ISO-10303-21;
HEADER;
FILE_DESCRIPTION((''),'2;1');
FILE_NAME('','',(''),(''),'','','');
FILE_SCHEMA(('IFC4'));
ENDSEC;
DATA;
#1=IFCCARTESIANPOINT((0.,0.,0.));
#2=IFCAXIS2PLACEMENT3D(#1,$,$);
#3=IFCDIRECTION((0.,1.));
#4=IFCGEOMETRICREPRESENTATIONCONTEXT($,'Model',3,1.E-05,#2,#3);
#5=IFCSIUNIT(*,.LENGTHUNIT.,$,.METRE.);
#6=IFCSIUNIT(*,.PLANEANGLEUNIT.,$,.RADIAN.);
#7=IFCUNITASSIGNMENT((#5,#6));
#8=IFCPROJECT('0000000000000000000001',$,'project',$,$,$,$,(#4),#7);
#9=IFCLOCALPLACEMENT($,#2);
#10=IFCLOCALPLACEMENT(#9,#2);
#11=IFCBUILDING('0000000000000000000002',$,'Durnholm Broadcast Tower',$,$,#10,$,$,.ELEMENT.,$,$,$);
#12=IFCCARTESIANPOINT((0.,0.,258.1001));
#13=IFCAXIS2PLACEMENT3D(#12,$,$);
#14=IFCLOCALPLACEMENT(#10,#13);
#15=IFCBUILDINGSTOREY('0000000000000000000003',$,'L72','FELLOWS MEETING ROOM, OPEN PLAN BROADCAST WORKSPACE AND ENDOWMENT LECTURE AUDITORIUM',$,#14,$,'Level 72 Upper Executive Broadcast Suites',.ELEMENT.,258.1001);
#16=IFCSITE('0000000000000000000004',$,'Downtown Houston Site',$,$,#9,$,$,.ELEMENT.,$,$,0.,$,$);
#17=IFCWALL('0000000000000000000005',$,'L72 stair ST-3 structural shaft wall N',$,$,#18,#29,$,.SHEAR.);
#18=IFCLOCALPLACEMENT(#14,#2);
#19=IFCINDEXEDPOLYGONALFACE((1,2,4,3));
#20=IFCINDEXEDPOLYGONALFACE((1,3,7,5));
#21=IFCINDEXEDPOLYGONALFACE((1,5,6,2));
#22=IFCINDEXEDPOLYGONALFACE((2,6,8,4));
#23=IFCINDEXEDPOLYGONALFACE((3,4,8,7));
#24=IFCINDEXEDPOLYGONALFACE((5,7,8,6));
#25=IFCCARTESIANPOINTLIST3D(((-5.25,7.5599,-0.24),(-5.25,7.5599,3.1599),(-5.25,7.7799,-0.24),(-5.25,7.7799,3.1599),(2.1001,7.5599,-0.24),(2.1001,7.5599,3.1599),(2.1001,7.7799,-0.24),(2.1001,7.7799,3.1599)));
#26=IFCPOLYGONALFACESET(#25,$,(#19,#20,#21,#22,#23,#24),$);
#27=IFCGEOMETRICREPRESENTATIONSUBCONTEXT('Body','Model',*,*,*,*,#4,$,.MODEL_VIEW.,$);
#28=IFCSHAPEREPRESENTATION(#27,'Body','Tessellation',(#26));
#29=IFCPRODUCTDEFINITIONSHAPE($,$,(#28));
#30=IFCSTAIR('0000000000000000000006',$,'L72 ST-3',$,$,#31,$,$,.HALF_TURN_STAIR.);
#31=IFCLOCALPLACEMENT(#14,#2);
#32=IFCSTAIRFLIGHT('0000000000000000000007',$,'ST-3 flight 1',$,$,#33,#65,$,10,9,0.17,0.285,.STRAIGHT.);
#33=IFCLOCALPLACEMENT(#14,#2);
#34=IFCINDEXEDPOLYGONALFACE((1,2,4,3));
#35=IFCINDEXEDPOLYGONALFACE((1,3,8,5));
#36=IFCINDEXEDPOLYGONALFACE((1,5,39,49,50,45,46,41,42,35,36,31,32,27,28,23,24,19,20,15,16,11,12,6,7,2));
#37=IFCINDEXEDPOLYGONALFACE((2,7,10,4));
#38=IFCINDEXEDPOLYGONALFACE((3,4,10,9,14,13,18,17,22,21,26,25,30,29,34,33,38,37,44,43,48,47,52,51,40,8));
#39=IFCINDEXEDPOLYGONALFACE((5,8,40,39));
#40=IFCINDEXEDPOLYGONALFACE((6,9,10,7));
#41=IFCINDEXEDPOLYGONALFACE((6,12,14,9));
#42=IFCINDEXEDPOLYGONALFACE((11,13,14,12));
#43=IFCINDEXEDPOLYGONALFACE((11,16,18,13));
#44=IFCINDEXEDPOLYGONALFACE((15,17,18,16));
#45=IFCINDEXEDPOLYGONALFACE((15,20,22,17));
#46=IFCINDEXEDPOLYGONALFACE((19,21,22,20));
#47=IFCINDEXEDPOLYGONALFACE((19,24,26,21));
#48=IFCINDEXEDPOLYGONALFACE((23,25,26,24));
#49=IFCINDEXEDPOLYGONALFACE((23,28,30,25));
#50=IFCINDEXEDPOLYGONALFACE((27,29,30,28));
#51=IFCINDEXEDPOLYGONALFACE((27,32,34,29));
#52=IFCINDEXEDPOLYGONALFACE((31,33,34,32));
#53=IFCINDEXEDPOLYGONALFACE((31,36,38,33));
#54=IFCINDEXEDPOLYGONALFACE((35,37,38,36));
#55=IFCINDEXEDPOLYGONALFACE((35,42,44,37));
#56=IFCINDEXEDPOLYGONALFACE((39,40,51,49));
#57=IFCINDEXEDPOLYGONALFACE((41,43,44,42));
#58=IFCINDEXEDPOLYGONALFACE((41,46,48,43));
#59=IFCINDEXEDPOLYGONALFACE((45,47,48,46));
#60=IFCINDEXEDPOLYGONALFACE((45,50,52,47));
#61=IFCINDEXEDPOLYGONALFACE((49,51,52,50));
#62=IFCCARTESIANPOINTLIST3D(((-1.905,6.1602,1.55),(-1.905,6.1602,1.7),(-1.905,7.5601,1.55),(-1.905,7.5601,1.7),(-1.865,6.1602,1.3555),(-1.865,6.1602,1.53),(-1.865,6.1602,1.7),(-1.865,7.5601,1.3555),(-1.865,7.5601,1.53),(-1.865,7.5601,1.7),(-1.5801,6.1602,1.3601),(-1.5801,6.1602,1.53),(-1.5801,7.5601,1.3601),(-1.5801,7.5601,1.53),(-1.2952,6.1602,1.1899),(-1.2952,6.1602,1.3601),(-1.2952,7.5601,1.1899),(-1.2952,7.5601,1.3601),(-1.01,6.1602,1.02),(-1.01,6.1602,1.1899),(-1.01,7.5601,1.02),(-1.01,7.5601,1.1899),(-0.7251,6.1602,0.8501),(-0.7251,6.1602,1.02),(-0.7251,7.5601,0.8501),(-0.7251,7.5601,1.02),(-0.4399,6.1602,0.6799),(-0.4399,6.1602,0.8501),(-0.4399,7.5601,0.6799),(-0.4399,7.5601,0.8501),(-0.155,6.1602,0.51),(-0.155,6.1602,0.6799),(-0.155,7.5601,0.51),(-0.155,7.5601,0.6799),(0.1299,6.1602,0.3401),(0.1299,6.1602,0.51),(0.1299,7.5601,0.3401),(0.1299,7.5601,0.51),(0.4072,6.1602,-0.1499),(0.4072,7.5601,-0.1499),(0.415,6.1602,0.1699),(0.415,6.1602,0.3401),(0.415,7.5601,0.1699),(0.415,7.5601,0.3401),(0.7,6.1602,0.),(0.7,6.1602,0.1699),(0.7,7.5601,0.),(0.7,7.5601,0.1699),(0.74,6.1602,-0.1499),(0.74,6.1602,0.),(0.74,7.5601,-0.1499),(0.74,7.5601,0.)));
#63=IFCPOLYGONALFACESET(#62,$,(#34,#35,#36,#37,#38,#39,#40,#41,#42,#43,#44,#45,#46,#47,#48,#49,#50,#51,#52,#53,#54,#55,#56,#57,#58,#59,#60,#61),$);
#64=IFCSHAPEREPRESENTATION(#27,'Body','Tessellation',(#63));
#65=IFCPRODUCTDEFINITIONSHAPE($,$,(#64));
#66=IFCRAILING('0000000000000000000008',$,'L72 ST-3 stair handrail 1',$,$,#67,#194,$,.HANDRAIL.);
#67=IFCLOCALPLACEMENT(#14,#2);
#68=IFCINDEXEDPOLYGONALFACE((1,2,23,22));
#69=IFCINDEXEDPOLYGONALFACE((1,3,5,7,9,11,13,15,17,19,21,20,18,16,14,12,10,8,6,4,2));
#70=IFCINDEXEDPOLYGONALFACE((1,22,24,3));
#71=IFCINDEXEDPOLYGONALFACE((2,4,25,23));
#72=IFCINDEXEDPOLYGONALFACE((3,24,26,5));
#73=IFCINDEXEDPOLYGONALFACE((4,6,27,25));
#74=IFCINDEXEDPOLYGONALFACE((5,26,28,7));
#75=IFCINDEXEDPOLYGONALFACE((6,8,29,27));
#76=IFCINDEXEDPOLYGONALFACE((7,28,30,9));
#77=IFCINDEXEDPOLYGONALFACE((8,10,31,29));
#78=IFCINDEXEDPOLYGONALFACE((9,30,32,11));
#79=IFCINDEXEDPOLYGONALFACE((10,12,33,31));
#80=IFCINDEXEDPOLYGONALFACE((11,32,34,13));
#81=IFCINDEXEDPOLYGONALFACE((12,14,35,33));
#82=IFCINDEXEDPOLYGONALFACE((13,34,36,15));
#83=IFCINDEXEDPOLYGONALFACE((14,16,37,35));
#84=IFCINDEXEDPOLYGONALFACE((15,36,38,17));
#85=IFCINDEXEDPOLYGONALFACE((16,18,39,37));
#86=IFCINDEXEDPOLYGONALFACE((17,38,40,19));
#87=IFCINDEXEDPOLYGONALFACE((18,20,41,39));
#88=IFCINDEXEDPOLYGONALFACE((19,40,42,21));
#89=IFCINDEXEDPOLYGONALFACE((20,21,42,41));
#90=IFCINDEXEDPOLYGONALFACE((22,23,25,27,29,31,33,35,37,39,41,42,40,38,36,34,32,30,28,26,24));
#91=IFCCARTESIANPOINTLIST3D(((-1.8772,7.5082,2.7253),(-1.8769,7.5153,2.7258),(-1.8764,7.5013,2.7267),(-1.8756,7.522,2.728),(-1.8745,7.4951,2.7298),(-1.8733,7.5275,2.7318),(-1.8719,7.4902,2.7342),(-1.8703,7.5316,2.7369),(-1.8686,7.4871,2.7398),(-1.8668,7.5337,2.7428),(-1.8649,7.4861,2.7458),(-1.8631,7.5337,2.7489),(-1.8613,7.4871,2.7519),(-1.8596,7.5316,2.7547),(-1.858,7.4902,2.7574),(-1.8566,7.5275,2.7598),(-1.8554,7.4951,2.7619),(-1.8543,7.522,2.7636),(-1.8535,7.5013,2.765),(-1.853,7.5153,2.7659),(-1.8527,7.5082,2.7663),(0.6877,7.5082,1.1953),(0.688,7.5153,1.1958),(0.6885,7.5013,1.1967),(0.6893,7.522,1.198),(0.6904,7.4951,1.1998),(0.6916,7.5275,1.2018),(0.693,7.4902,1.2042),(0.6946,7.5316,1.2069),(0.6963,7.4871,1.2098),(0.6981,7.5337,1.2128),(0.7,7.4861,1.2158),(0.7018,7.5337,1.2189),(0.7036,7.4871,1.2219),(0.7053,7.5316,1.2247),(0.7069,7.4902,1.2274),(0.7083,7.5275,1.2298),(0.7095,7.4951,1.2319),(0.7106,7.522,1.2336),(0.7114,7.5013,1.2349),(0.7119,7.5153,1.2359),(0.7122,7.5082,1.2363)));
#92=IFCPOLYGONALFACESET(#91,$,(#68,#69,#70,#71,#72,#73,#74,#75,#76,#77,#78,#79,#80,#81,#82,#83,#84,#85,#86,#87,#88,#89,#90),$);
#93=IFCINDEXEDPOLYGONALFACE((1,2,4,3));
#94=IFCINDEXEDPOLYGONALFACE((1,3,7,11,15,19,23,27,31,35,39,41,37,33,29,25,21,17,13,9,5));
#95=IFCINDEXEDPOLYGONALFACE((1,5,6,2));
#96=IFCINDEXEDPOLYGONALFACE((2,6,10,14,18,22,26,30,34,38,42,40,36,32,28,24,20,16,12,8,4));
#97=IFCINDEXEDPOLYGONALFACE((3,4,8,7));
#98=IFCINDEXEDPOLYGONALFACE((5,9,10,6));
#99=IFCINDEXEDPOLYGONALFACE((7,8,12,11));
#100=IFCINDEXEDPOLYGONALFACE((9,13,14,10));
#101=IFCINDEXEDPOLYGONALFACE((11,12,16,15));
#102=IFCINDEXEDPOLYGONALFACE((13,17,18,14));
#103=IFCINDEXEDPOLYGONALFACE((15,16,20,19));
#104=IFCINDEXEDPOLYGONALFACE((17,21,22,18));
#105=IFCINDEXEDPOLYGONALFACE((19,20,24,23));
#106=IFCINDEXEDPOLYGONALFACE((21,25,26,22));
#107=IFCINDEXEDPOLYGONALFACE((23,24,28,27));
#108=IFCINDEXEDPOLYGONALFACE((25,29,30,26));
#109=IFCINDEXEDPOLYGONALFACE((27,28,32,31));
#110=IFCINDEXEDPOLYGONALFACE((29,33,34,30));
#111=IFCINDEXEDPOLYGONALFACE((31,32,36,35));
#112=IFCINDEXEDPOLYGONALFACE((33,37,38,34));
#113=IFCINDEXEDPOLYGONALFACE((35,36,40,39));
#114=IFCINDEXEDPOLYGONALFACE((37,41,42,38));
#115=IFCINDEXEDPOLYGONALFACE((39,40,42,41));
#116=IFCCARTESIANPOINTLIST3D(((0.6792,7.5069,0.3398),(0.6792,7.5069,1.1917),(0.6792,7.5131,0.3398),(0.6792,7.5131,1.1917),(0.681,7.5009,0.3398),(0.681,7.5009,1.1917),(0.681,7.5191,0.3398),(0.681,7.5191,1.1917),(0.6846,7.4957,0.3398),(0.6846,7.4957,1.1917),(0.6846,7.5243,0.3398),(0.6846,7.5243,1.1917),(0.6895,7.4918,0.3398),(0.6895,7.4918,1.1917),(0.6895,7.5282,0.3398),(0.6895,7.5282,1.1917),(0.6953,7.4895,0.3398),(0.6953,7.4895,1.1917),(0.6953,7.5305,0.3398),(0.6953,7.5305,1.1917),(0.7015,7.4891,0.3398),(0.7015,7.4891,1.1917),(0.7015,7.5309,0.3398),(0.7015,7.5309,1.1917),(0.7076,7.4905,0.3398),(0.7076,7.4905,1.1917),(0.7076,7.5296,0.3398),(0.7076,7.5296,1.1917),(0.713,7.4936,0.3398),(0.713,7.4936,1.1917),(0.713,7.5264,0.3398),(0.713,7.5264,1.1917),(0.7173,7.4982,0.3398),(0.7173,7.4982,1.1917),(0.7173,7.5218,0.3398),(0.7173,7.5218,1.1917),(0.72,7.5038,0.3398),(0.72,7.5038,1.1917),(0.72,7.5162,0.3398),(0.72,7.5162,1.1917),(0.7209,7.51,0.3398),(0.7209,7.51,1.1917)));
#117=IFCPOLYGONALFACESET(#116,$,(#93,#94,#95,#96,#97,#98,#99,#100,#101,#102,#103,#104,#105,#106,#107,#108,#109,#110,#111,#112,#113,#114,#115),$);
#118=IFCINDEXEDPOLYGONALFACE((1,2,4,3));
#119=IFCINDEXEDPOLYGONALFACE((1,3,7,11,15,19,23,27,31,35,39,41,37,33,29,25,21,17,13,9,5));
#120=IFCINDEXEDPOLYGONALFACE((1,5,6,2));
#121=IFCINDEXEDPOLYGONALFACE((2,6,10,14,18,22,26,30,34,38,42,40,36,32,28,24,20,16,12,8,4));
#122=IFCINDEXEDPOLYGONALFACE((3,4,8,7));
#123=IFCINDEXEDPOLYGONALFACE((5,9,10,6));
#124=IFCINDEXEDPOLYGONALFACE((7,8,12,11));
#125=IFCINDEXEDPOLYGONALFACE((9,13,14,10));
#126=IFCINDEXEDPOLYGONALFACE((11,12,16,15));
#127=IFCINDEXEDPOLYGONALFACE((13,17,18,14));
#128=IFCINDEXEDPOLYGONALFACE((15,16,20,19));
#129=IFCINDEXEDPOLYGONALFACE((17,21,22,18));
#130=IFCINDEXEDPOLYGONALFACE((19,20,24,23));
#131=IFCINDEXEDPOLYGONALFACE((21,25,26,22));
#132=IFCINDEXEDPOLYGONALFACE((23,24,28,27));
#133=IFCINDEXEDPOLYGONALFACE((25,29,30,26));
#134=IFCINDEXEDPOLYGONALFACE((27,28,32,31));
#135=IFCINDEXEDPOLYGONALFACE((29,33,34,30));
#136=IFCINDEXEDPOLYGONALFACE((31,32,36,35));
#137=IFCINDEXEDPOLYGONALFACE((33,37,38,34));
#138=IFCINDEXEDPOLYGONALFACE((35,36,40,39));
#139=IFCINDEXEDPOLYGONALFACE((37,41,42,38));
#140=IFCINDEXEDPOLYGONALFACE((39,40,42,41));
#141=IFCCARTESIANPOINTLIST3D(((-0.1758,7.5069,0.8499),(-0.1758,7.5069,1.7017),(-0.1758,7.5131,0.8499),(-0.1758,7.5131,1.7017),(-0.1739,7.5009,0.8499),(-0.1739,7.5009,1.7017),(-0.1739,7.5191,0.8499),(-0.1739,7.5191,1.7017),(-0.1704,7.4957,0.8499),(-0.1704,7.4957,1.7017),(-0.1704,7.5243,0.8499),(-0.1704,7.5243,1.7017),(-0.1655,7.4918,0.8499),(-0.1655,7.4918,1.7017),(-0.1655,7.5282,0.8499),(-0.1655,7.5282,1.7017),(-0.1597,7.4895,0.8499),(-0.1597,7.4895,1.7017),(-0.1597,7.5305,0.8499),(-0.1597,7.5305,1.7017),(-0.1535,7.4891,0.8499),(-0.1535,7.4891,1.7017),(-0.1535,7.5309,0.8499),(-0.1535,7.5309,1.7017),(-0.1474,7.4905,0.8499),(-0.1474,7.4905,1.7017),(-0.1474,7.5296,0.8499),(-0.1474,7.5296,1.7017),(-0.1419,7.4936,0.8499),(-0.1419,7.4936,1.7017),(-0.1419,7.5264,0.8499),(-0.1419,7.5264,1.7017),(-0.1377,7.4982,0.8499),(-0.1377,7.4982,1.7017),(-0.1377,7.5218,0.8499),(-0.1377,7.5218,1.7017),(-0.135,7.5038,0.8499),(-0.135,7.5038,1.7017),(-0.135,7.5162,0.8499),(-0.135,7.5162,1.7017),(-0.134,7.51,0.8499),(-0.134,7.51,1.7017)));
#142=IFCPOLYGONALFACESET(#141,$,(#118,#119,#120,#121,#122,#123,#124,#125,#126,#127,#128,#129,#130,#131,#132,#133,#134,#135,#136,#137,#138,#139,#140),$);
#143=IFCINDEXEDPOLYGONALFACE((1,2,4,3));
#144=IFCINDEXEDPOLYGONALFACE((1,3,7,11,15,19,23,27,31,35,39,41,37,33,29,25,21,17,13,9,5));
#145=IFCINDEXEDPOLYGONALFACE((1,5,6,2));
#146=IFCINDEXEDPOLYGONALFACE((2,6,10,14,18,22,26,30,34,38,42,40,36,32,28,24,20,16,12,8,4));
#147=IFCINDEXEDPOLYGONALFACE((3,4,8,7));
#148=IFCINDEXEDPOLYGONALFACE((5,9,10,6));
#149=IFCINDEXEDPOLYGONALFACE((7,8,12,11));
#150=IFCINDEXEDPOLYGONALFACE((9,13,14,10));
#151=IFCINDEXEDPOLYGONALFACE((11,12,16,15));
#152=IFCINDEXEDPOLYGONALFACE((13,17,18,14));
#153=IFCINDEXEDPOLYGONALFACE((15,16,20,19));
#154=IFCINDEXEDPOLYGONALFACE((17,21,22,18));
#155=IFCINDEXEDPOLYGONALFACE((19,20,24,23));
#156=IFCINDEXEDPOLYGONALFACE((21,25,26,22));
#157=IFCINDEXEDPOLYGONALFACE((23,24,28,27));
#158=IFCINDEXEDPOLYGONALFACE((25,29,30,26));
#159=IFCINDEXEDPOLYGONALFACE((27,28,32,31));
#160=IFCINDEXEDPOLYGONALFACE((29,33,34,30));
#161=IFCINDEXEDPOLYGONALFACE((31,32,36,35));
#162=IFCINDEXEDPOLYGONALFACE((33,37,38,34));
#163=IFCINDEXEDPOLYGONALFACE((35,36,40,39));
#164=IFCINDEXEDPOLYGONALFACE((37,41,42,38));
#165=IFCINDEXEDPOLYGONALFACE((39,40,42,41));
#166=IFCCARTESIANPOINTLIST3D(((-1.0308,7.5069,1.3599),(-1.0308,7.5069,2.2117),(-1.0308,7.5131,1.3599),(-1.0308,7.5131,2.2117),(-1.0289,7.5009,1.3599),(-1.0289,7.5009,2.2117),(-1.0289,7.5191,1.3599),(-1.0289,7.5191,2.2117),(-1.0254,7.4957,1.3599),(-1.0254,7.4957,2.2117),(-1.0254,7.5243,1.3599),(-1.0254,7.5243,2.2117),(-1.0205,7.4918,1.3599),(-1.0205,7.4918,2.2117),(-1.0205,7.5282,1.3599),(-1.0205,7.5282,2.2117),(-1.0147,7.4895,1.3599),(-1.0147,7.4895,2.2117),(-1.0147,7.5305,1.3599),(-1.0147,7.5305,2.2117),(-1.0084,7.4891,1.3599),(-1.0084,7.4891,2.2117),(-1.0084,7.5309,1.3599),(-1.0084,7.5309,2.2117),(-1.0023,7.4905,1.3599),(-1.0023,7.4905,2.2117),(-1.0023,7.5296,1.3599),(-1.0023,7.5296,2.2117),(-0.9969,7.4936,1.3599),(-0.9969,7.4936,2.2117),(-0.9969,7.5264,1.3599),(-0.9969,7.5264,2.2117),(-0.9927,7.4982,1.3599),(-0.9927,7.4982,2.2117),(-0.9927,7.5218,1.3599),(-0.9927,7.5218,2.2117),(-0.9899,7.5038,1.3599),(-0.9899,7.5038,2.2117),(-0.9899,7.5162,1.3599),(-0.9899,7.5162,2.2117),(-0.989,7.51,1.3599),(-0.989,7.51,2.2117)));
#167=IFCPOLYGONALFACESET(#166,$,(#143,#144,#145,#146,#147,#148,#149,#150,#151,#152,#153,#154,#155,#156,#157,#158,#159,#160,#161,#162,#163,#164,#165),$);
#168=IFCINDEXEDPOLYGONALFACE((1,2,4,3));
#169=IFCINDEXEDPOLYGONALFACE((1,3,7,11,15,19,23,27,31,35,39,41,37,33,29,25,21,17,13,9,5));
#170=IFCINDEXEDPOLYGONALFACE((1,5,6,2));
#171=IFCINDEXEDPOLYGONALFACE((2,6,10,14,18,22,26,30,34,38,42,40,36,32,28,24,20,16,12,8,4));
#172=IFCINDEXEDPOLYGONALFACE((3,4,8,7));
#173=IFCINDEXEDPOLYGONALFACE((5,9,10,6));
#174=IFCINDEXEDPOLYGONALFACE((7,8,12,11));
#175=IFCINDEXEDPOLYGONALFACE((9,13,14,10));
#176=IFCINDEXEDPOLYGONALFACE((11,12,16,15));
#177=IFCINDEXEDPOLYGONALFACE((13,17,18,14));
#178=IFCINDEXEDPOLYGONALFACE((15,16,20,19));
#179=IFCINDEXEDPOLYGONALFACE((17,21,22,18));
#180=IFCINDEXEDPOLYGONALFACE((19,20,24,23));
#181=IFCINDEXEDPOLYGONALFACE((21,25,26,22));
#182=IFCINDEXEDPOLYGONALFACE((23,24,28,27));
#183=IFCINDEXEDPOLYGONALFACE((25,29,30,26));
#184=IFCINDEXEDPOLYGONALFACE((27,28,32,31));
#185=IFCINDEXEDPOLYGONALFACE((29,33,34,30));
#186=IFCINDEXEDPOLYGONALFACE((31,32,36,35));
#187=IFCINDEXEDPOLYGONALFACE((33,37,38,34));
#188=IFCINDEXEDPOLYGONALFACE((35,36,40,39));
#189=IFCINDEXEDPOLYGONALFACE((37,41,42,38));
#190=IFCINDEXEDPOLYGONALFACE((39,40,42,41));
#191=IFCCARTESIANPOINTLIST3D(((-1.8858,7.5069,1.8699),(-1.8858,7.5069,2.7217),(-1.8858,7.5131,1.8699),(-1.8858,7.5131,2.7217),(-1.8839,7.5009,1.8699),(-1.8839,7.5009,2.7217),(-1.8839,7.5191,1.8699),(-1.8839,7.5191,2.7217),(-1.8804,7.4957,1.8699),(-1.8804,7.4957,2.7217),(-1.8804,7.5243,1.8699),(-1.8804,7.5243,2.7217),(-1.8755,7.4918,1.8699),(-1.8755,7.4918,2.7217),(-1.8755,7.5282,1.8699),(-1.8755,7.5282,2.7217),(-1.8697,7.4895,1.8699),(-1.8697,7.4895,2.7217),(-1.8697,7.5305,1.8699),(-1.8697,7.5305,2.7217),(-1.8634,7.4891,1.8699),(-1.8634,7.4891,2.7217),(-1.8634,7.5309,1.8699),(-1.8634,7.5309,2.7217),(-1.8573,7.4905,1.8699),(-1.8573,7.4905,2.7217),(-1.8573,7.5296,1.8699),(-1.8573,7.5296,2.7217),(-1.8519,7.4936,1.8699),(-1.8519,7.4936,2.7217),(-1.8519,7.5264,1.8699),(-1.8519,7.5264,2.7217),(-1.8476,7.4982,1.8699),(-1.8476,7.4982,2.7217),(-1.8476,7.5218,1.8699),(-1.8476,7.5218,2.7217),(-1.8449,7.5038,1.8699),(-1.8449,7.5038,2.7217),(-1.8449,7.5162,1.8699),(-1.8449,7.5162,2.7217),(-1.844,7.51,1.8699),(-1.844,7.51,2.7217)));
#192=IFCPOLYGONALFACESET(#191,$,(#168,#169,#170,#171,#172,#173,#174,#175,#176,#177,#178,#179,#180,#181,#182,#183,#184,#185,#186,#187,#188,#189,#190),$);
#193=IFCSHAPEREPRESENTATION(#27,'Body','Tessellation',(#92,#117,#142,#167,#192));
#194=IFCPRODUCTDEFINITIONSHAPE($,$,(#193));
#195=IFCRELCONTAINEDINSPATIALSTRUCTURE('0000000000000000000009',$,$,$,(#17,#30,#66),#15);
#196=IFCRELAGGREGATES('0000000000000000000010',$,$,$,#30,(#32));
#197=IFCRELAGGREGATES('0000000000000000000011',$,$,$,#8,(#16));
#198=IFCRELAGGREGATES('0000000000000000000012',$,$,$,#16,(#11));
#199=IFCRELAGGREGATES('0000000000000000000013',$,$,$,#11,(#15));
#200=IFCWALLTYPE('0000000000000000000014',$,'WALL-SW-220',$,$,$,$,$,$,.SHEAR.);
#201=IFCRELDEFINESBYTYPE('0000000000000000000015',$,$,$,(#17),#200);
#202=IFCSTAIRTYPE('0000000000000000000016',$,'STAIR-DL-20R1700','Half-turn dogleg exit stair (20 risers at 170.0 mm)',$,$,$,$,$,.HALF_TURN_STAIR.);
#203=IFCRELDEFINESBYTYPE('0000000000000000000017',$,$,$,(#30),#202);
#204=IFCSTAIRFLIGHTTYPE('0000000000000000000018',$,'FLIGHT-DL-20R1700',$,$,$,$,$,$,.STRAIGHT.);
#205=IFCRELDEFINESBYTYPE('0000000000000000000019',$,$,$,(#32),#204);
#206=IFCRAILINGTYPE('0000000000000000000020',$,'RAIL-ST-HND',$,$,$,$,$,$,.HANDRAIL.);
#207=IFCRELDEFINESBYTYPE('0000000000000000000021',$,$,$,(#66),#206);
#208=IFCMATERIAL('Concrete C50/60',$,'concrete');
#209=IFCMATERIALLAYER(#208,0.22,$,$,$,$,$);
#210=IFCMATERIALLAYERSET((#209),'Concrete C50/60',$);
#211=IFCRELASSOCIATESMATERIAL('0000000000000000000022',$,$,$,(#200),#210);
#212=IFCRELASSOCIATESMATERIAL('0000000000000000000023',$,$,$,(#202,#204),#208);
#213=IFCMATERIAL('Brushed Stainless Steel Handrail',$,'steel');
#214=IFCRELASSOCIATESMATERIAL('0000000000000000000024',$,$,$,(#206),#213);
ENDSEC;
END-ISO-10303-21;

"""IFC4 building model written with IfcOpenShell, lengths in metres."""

from ifc_helpers import new_model, si_unit, direction, frame, frame_2d, origin, origin_2d, place, context, subcontext, project, spatial, polyline, rectangle, circle, outline, extrude, material, layer, layer_set, type_object, element, aggregate, save


model = new_model("IFC4")

# Units and contexts
model_context = context("Model", 3, precision=1e-05, world=origin(), true_north=direction((0.0, 1.0)))
body_context = subcontext(model_context, "Body", "Model", "MODEL_VIEW")
ifc_project = project(units=[si_unit("LENGTHUNIT", "METRE"), si_unit("PLANEANGLEUNIT", "RADIAN")], contexts=[model_context])

# Site, building, storey
site_placement = place(None, origin())
site = spatial("IfcSite", under=ifc_project, at=site_placement, Name="Downtown Houston Site", CompositionType="ELEMENT", RefElevation=0.0)
building_placement = place(site_placement, origin())
building = spatial("IfcBuilding", under=site, at=building_placement, Name="Durnholm Broadcast Tower", CompositionType="ELEMENT")
storey_placement = place(building_placement, frame((0.0, 0.0, 258.1001)))
storey = spatial("IfcBuildingStorey", under=building, at=storey_placement, Name="L72", Description="FELLOWS MEETING ROOM, OPEN PLAN BROADCAST WORKSPACE AND ENDOWMENT LECTURE AUDITORIUM", LongName="Level 72 Upper Executive Broadcast Suites", CompositionType="ELEMENT", Elevation=258.1001)

# Wall
ifc_material_1 = material(Name="Concrete C50/60", Category="concrete")
ifc_layer_1 = layer(ifc_material_1, 0.22)
ifc_layer_set_1 = layer_set([ifc_layer_1], Name="Concrete C50/60")
wall_type_1 = type_object("IfcWallType", Name="WALL-SW-220", PredefinedType="SHEAR", material=ifc_layer_set_1)
wall_1_placement = place(storey_placement, frame((2.1001, 7.6699, -0.24), z_axis=(0.0, 0.0, 1.0), x_axis=(-1.0, 0.0, 0.0)))
element("IfcWall", 1, at=wall_1_placement, inside=storey, type_object=wall_type_1, Name="L72 stair ST-3 structural shaft wall N", PredefinedType="SHEAR", context=body_context, shape_type="SweptSolid", body=[
    extrude(rectangle(XDim=7.3501, YDim=0.22, at=frame_2d((3.675, 0.0))), origin(), (0.0, 0.0, 1.0), 3.3999),
])

# Stair, stair flight
stair_type = type_object("IfcStairType", Name="STAIR-DL-20R1700", Description="Half-turn dogleg exit stair (20 risers at 170.0 mm)", PredefinedType="HALF_TURN_STAIR", material=ifc_material_1)
stair_placement = place(storey_placement, origin())
stair = element("IfcStair", 2, at=stair_placement, inside=storey, type_object=stair_type, Name="L72 ST-3", PredefinedType="HALF_TURN_STAIR")
stair_flight_type = type_object("IfcStairFlightType", Name="FLIGHT-DL-20R1700", PredefinedType="STRAIGHT", material=ifc_material_1)
stair_flight_placement = place(storey_placement, frame((0.7, 6.8601, 0.0), z_axis=(0.0, 0.0, 1.0), x_axis=(-1.0, 0.0, 0.0)))
stair_flight = element("IfcStairFlight", 3, at=stair_flight_placement, type_object=stair_flight_type, Name="ST-3 flight 1", NumberOfRisers=10, NumberOfTreads=9, PredefinedType="STRAIGHT", RiserHeight=0.17, TreadLength=0.285, context=body_context, shape_type="SweptSolid", body=[
    extrude(outline(polyline([(-0.04, -0.1499), (-0.04, 0.0), (0.0, 0.0), (0.0, 0.1699), (0.2849, 0.1699), (0.2849, 0.3401), (0.5701, 0.3401), (0.5701, 0.51), (0.855, 0.51), (0.855, 0.6799), (1.1399, 0.6799), (1.1399, 0.8501), (1.425, 0.8501), (1.425, 1.02), (1.71, 1.02), (1.71, 1.1899), (1.9951, 1.1899), (1.9951, 1.3601), (2.28, 1.3601), (2.28, 1.53), (2.5649, 1.53), (2.5649, 1.7), (2.605, 1.7), (2.605, 1.55), (2.5649, 1.3555), (0.2927, -0.1499), (-0.04, -0.1499)])), frame((0.0, 0.7, 0.0), z_axis=(0.0, -1.0, 0.0), x_axis=(1.0, 0.0, 0.0)), (0.0, 0.0, 1.0), 1.3999),
])
aggregate(stair, [stair_flight])

# Railing
ifc_material_2 = material(Name="Brushed Stainless Steel Handrail", Category="steel")
railing_type = type_object("IfcRailingType", Name="RAIL-ST-HND", PredefinedType="HANDRAIL", material=ifc_material_2)
railing_placement = place(storey_placement, frame((0.7, 7.51, 0.3398)))
element("IfcRailing", 4, at=railing_placement, inside=storey, type_object=railing_type, Name="L72 ST-3 stair handrail 1", PredefinedType="HANDRAIL", context=body_context, shape_type="SweptSolid", body=[
    extrude(circle(Radius=0.0239, at=origin_2d()), frame((0.0, 0.0, 0.876), z_axis=(-0.85881, 0.0, 0.512294), x_axis=(0.0, -1.0, 0.0)), (0.0, 0.0, 1.0), 2.9866),
    extrude(circle(Radius=0.021, at=origin_2d()), origin(), (0.0, 0.0, 1.0), 0.8518),
    extrude(circle(Radius=0.021, at=origin_2d()), frame((-0.855, 0.0, 0.51)), (0.0, 0.0, 1.0), 0.8518),
    extrude(circle(Radius=0.021, at=origin_2d()), frame((-1.71, 0.0, 1.02)), (0.0, 0.0, 1.0), 0.8518),
    extrude(circle(Radius=0.021, at=origin_2d()), frame((-2.5649, 0.0, 1.53)), (0.0, 0.0, 1.0), 0.8518),
])

save(model, "model.ifc")
